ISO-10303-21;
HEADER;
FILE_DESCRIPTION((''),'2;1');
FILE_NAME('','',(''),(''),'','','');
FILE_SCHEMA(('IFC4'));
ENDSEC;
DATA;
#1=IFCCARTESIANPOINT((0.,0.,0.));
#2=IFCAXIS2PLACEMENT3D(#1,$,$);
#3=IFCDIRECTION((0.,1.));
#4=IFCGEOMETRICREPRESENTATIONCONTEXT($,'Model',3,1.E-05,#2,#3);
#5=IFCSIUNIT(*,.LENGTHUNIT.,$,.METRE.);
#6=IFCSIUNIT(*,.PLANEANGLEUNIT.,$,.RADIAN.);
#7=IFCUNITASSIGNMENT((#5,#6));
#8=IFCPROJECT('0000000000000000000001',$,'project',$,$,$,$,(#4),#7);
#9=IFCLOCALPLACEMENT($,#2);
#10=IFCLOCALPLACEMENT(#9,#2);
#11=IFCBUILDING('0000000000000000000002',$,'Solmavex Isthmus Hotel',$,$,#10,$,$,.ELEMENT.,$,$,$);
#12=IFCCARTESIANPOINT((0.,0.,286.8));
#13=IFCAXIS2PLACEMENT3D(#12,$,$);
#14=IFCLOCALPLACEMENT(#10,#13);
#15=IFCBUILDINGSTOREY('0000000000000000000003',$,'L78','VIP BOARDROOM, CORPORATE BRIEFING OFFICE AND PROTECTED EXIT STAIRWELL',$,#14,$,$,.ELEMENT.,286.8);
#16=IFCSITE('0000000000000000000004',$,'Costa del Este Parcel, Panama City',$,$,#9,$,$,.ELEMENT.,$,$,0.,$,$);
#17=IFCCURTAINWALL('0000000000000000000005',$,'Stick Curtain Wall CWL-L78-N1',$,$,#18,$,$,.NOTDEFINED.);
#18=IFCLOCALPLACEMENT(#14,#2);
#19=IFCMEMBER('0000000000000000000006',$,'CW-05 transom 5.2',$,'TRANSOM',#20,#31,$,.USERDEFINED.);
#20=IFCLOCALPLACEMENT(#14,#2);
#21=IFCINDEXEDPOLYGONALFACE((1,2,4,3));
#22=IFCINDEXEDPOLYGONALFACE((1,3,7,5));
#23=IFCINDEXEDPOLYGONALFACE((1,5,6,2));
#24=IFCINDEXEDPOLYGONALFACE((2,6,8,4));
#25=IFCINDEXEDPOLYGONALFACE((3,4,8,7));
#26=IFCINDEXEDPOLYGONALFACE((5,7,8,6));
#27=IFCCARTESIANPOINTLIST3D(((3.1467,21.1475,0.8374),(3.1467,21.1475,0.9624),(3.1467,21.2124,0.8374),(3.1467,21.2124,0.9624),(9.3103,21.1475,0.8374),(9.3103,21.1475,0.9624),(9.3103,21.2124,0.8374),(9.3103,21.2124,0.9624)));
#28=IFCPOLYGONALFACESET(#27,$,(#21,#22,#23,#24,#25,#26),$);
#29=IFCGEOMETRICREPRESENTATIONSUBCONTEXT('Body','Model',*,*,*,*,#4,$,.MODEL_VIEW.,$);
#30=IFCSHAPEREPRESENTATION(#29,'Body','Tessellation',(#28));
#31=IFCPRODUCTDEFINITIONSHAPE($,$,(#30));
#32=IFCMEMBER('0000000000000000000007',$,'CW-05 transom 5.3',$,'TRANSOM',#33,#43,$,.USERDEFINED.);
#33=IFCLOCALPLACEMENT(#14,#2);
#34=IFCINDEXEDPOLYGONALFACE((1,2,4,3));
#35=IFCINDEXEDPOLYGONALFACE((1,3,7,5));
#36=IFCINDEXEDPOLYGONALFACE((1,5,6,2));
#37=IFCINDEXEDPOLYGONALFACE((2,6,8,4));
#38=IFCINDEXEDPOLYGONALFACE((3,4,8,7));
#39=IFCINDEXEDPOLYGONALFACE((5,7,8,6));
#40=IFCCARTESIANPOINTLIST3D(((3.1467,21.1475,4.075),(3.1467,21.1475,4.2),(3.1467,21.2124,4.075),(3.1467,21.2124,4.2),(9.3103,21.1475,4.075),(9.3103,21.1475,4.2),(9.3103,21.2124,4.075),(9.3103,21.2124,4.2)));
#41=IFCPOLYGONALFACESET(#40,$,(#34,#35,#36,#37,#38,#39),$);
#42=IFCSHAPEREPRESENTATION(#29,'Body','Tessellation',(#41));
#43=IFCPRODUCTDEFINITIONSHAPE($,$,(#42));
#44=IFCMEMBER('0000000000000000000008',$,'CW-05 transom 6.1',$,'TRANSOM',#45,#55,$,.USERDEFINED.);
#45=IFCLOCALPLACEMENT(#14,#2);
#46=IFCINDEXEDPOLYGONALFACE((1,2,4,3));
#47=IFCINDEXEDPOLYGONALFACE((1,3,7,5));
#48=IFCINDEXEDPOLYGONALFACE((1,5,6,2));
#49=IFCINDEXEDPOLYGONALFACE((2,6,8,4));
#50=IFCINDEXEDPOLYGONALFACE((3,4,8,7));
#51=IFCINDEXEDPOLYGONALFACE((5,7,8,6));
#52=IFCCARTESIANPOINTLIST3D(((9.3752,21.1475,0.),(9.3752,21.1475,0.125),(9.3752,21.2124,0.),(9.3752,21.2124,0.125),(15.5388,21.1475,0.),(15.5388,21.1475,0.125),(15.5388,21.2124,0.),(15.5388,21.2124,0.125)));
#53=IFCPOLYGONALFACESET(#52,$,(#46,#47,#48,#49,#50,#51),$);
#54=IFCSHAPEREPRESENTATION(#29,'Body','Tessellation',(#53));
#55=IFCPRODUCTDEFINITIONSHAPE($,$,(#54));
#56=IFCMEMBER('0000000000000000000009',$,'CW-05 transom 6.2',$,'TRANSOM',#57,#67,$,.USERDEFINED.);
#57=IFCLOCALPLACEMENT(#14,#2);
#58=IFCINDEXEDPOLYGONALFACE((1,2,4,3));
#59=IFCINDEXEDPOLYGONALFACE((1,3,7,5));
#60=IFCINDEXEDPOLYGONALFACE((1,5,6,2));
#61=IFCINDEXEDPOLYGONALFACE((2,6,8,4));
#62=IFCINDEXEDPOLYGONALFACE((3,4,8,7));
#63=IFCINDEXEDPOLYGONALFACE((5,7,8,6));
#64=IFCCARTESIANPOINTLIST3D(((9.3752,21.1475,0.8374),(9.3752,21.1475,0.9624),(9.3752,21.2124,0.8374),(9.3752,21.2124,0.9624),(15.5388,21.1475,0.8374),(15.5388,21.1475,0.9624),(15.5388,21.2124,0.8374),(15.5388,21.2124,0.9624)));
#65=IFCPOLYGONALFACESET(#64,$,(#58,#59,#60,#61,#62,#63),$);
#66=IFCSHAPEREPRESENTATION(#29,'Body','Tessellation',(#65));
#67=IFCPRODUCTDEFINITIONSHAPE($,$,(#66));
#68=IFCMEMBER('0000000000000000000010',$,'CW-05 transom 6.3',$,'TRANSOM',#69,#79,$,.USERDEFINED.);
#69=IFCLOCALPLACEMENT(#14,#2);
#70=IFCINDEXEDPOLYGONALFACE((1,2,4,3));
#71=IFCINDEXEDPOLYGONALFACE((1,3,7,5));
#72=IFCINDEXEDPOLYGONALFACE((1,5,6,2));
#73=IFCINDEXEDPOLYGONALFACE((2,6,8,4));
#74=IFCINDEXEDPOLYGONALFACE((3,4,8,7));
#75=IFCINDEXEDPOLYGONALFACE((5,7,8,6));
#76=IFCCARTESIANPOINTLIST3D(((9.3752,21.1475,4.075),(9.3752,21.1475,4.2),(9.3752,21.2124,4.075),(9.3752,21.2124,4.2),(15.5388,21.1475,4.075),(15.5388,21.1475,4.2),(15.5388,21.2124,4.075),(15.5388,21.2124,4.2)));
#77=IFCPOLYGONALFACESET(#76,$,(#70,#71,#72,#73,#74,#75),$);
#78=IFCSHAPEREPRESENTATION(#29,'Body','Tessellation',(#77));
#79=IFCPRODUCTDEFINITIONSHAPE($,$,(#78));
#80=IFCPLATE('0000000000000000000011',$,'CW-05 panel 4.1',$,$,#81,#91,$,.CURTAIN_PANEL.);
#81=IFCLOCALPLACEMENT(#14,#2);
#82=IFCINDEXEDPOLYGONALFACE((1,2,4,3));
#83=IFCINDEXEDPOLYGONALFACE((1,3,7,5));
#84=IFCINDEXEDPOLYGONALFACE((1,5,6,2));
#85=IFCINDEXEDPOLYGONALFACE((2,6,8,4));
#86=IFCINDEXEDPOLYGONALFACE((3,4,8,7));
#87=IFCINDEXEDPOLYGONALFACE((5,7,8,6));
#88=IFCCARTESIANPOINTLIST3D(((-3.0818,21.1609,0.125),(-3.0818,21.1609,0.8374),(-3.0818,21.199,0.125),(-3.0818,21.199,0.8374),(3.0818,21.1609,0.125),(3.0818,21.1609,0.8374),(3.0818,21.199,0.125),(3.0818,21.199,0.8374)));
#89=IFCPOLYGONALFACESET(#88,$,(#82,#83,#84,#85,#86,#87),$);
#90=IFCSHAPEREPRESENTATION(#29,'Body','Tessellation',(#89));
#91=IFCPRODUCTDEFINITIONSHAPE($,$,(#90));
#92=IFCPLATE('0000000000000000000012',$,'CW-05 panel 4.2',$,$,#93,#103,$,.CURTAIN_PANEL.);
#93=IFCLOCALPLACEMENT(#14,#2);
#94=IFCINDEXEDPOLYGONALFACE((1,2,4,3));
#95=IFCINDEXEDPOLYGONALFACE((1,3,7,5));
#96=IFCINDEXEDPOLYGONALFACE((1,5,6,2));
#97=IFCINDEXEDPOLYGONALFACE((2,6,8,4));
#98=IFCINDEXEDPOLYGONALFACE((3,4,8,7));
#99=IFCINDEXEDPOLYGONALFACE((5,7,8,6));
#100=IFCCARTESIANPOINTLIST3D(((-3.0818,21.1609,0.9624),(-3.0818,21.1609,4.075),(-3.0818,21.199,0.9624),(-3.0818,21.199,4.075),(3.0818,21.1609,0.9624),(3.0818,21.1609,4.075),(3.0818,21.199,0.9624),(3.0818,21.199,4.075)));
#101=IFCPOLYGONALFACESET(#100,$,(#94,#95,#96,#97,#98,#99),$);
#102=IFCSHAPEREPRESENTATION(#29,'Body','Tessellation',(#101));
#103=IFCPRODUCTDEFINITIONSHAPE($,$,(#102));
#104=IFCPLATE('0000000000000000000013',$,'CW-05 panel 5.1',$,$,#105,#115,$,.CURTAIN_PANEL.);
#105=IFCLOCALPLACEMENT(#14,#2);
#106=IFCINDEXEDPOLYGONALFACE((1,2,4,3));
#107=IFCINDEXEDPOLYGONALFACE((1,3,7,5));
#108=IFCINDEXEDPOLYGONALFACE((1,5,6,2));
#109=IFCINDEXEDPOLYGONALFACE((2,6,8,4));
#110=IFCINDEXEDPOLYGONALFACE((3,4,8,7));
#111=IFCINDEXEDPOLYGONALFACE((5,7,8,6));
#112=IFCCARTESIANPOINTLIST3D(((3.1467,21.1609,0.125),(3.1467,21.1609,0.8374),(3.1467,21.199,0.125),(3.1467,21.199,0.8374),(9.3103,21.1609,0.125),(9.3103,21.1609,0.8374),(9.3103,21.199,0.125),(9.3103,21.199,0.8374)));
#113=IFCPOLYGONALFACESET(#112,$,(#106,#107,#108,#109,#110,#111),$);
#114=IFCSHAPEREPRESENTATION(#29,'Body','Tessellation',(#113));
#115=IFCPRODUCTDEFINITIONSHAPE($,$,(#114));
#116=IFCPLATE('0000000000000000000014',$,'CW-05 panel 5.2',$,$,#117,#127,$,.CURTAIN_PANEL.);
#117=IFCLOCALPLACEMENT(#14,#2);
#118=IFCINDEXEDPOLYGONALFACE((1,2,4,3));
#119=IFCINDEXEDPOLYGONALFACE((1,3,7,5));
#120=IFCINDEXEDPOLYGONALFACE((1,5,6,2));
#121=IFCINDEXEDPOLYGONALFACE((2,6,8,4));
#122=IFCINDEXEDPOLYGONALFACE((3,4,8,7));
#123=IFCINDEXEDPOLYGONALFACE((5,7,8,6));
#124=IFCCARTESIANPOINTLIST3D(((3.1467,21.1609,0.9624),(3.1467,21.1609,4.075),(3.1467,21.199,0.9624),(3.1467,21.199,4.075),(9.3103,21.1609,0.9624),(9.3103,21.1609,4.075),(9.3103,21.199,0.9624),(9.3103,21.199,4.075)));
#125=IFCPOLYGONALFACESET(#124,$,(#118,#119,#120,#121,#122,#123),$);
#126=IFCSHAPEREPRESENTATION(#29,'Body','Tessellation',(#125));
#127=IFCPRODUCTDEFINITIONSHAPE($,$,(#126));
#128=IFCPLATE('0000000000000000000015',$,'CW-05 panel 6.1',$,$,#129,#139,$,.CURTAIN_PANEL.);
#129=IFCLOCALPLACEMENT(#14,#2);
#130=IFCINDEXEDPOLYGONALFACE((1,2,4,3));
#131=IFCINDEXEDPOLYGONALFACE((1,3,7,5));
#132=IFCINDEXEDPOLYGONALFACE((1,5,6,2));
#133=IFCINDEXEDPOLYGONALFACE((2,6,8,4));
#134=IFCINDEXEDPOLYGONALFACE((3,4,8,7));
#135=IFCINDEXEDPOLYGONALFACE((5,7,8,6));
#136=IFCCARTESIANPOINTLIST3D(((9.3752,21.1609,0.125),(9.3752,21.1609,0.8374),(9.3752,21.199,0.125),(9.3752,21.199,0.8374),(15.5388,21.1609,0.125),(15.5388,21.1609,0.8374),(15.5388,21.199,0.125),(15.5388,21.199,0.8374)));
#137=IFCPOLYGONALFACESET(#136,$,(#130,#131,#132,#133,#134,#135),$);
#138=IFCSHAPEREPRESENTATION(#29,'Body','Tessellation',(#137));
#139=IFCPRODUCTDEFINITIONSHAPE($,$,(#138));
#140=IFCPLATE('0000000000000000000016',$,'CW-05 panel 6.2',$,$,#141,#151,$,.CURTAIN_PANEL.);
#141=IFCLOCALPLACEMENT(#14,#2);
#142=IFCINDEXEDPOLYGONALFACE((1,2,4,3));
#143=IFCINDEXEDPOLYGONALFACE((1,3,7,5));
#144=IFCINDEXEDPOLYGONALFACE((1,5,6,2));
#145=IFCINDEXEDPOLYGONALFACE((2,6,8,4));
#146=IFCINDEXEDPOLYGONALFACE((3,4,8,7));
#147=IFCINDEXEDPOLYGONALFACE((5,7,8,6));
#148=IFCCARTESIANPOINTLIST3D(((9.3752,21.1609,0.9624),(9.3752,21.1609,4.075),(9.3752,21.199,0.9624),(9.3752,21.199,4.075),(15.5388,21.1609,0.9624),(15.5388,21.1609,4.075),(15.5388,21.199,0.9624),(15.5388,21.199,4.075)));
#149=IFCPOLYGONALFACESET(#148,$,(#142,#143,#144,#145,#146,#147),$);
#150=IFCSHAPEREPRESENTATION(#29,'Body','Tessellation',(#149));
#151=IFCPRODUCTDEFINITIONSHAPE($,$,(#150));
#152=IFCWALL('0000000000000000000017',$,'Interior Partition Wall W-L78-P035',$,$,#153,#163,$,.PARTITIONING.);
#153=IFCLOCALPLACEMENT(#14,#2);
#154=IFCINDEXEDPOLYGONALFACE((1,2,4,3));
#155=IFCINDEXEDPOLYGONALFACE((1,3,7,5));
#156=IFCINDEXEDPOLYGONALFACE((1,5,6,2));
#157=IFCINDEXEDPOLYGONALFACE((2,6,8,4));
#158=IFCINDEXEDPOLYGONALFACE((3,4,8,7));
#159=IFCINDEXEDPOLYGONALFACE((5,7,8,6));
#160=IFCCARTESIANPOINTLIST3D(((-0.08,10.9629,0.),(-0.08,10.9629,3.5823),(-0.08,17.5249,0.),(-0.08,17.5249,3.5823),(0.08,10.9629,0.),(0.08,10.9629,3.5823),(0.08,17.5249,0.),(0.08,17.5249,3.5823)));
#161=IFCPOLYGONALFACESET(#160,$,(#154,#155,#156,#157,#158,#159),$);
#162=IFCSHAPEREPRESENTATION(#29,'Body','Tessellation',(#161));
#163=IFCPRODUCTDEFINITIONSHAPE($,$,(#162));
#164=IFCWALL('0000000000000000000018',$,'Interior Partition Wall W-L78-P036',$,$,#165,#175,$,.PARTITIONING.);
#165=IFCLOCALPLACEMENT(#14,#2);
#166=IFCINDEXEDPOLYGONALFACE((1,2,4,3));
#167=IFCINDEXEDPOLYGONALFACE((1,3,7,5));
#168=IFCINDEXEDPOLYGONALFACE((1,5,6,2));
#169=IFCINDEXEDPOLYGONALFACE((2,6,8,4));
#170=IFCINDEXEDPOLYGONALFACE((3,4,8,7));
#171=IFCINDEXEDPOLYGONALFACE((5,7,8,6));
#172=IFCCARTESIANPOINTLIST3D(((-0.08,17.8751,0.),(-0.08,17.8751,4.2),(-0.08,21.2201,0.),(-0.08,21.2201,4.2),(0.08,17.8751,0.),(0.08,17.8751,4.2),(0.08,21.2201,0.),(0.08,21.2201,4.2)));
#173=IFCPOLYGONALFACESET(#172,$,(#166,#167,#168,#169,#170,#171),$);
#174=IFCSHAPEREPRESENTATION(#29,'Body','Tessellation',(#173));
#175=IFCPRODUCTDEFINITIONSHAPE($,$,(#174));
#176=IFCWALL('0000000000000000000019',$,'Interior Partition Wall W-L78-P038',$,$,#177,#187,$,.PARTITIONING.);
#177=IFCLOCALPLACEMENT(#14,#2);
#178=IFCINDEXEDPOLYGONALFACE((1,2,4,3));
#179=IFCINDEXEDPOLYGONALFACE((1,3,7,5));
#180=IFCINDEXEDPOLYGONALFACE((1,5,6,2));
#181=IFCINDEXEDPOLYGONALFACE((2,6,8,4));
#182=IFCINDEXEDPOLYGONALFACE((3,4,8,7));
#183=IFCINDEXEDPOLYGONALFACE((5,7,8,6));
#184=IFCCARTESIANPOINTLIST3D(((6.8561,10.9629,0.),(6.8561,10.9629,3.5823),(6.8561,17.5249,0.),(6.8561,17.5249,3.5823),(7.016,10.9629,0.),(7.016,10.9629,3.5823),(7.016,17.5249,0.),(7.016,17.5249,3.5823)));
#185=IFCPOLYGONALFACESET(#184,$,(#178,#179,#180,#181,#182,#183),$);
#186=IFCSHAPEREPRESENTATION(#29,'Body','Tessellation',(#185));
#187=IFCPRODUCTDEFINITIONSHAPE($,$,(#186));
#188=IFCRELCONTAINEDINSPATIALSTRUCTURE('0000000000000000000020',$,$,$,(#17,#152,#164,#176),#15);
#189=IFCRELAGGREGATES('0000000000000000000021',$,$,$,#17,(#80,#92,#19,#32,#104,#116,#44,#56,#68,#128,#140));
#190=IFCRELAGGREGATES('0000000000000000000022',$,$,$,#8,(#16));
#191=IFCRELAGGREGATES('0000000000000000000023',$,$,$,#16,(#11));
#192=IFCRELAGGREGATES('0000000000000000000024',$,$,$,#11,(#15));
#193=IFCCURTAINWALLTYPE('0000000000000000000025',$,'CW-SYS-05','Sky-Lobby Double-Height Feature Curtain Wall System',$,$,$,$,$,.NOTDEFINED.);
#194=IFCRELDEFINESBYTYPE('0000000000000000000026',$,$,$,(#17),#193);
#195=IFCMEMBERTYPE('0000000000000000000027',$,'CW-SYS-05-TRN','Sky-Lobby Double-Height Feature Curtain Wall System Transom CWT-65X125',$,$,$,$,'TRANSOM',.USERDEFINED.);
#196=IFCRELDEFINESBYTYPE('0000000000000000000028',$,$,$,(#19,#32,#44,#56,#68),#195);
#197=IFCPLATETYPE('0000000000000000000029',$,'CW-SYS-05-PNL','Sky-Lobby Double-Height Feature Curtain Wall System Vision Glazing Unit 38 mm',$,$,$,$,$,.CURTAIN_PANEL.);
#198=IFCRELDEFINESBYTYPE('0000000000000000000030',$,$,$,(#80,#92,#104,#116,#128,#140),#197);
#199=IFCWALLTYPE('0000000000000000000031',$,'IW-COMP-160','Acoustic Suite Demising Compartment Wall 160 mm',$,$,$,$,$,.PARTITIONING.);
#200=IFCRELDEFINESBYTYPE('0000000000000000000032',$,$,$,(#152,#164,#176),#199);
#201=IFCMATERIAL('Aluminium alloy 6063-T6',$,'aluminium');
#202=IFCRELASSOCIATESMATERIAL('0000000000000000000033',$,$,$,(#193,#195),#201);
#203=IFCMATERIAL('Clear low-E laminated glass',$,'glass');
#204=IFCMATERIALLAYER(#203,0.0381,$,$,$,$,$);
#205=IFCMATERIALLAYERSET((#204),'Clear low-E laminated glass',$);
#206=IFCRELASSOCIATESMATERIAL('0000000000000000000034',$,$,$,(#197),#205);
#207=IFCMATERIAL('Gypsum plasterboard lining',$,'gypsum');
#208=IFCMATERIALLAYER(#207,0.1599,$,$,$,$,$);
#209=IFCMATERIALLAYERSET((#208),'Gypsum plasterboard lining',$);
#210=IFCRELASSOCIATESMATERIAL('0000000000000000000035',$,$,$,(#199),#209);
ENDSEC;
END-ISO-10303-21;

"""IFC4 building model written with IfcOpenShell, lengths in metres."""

from ifc_helpers import new_model, si_unit, direction, frame, frame_2d, origin, origin_2d, place, context, subcontext, project, spatial, rectangle, extrude, material, layer, layer_set, material_profile, profile_set, type_object, element, aggregate, save


model = new_model("IFC4")

# Units and contexts
model_context = context("Model", 3, precision=1e-05, world=origin(), true_north=direction((0.0, 1.0)))
body_context = subcontext(model_context, "Body", "Model", "MODEL_VIEW")
ifc_project = project(units=[si_unit("LENGTHUNIT", "METRE"), si_unit("PLANEANGLEUNIT", "RADIAN")], contexts=[model_context])

# Site, building, storey
site_placement = place(None, origin())
site = spatial("IfcSite", under=ifc_project, at=site_placement, Name="Costa del Este Parcel, Panama City", CompositionType="ELEMENT", RefElevation=0.0)
building_placement = place(site_placement, origin())
building = spatial("IfcBuilding", under=site, at=building_placement, Name="Solmavex Isthmus Hotel", CompositionType="ELEMENT")
storey_placement = place(building_placement, frame((0.0, 0.0, 286.8)))
storey = spatial("IfcBuildingStorey", under=building, at=storey_placement, Name="L78", Description="VIP BOARDROOM, CORPORATE BRIEFING OFFICE AND PROTECTED EXIT STAIRWELL", CompositionType="ELEMENT", Elevation=286.8)

# Curtain wall, members, plates
ifc_material_1 = material(Name="Aluminium alloy 6063-T6", Category="aluminium")
curtain_wall_type = type_object("IfcCurtainWallType", Name="CW-SYS-05", Description="Sky-Lobby Double-Height Feature Curtain Wall System", PredefinedType="NOTDEFINED", material=ifc_material_1)
curtain_wall_placement = place(storey_placement, origin())
curtain_wall = element("IfcCurtainWall", 1, at=curtain_wall_placement, inside=storey, type_object=curtain_wall_type, Name="Stick Curtain Wall CWL-L78-N1", PredefinedType="NOTDEFINED")
ifc_material_profile_1 = material_profile(ifc_material_1, rectangle(XDim=0.0649, YDim=0.125, at=origin_2d()), Name="CWT-65X125")
ifc_profile_set_1 = profile_set([ifc_material_profile_1], Name="Aluminium alloy 6063-T6")
member_type_1 = type_object("IfcMemberType", Name="CW-SYS-05-TRN", Description="Sky-Lobby Double-Height Feature Curtain Wall System Transom CWT-65X125", ElementType="TRANSOM", PredefinedType="USERDEFINED", material=ifc_profile_set_1)
member_1_placement = place(storey_placement, frame((3.1467, 21.1799, 0.8999), z_axis=(1.0, 0.0, 0.0), x_axis=(0.0, 1.0, 0.0)))
member_1 = element("IfcMember", 2, at=member_1_placement, type_object=member_type_1, Name="CW-05 transom 5.2", ObjectType="TRANSOM", PredefinedType="USERDEFINED", context=body_context, shape_type="SweptSolid", body=[
    extrude(rectangle(XDim=0.0649, YDim=0.125, at=origin_2d()), origin(), (0.0, 0.0, 1.0), 6.1636),
])
member_2_placement = place(storey_placement, frame((3.1467, 21.1799, 4.1375), z_axis=(1.0, 0.0, 0.0), x_axis=(0.0, 1.0, 0.0)))
member_2 = element("IfcMember", 3, at=member_2_placement, type_object=member_type_1, Name="CW-05 transom 5.3", ObjectType="TRANSOM", PredefinedType="USERDEFINED", context=body_context, shape_type="SweptSolid", body=[
    extrude(rectangle(XDim=0.0649, YDim=0.125, at=origin_2d()), origin(), (0.0, 0.0, 1.0), 6.1636),
])
member_3_placement = place(storey_placement, frame((9.3752, 21.1799, 0.0625), z_axis=(1.0, 0.0, 0.0), x_axis=(0.0, 1.0, 0.0)))
member_3 = element("IfcMember", 4, at=member_3_placement, type_object=member_type_1, Name="CW-05 transom 6.1", ObjectType="TRANSOM", PredefinedType="USERDEFINED", context=body_context, shape_type="SweptSolid", body=[
    extrude(rectangle(XDim=0.0649, YDim=0.125, at=origin_2d()), origin(), (0.0, 0.0, 1.0), 6.1636),
])
member_4_placement = place(storey_placement, frame((9.3752, 21.1799, 0.8999), z_axis=(1.0, 0.0, 0.0), x_axis=(0.0, 1.0, 0.0)))
member_4 = element("IfcMember", 5, at=member_4_placement, type_object=member_type_1, Name="CW-05 transom 6.2", ObjectType="TRANSOM", PredefinedType="USERDEFINED", context=body_context, shape_type="SweptSolid", body=[
    extrude(rectangle(XDim=0.0649, YDim=0.125, at=origin_2d()), origin(), (0.0, 0.0, 1.0), 6.1636),
])
member_5_placement = place(storey_placement, frame((9.3752, 21.1799, 4.1375), z_axis=(1.0, 0.0, 0.0), x_axis=(0.0, 1.0, 0.0)))
member_5 = element("IfcMember", 6, at=member_5_placement, type_object=member_type_1, Name="CW-05 transom 6.3", ObjectType="TRANSOM", PredefinedType="USERDEFINED", context=body_context, shape_type="SweptSolid", body=[
    extrude(rectangle(XDim=0.0649, YDim=0.125, at=origin_2d()), origin(), (0.0, 0.0, 1.0), 6.1636),
])
ifc_material_2 = material(Name="Clear low-E laminated glass", Category="glass")
ifc_layer_1 = layer(ifc_material_2, 0.0381)
ifc_layer_set_1 = layer_set([ifc_layer_1], Name="Clear low-E laminated glass")
plate_type = type_object("IfcPlateType", Name="CW-SYS-05-PNL", Description="Sky-Lobby Double-Height Feature Curtain Wall System Vision Glazing Unit 38 mm", PredefinedType="CURTAIN_PANEL", material=ifc_layer_set_1)
plate_1_placement = place(storey_placement, frame((0.0, 21.1799, 0.125), z_axis=(0.0, 0.0, 1.0), x_axis=(1.0, 0.0, 0.0)))
plate_1 = element("IfcPlate", 7, at=plate_1_placement, type_object=plate_type, Name="CW-05 panel 4.1", PredefinedType="CURTAIN_PANEL", context=body_context, shape_type="SweptSolid", body=[
    extrude(rectangle(XDim=6.1636, YDim=0.0381, at=origin_2d()), origin(), (0.0, 0.0, 1.0), 0.7124),
])
plate_2_placement = place(storey_placement, frame((0.0, 21.1799, 0.9624), z_axis=(0.0, 0.0, 1.0), x_axis=(1.0, 0.0, 0.0)))
plate_2 = element("IfcPlate", 8, at=plate_2_placement, type_object=plate_type, Name="CW-05 panel 4.2", PredefinedType="CURTAIN_PANEL", context=body_context, shape_type="SweptSolid", body=[
    extrude(rectangle(XDim=6.1636, YDim=0.0381, at=origin_2d()), origin(), (0.0, 0.0, 1.0), 3.1125),
])
plate_3_placement = place(storey_placement, frame((6.2285, 21.1799, 0.125), z_axis=(0.0, 0.0, 1.0), x_axis=(1.0, 0.0, 0.0)))
plate_3 = element("IfcPlate", 9, at=plate_3_placement, type_object=plate_type, Name="CW-05 panel 5.1", PredefinedType="CURTAIN_PANEL", context=body_context, shape_type="SweptSolid", body=[
    extrude(rectangle(XDim=6.1636, YDim=0.0381, at=origin_2d()), origin(), (0.0, 0.0, 1.0), 0.7124),
])
plate_4_placement = place(storey_placement, frame((6.2285, 21.1799, 0.9624), z_axis=(0.0, 0.0, 1.0), x_axis=(1.0, 0.0, 0.0)))
plate_4 = element("IfcPlate", 10, at=plate_4_placement, type_object=plate_type, Name="CW-05 panel 5.2", PredefinedType="CURTAIN_PANEL", context=body_context, shape_type="SweptSolid", body=[
    extrude(rectangle(XDim=6.1636, YDim=0.0381, at=origin_2d()), origin(), (0.0, 0.0, 1.0), 3.1125),
])
plate_5_placement = place(storey_placement, frame((12.457, 21.1799, 0.125), z_axis=(0.0, 0.0, 1.0), x_axis=(1.0, 0.0, 0.0)))
plate_5 = element("IfcPlate", 11, at=plate_5_placement, type_object=plate_type, Name="CW-05 panel 6.1", PredefinedType="CURTAIN_PANEL", context=body_context, shape_type="SweptSolid", body=[
    extrude(rectangle(XDim=6.1636, YDim=0.0381, at=origin_2d()), origin(), (0.0, 0.0, 1.0), 0.7124),
])
plate_6_placement = place(storey_placement, frame((12.457, 21.1799, 0.9624), z_axis=(0.0, 0.0, 1.0), x_axis=(1.0, 0.0, 0.0)))
plate_6 = element("IfcPlate", 12, at=plate_6_placement, type_object=plate_type, Name="CW-05 panel 6.2", PredefinedType="CURTAIN_PANEL", context=body_context, shape_type="SweptSolid", body=[
    extrude(rectangle(XDim=6.1636, YDim=0.0381, at=origin_2d()), origin(), (0.0, 0.0, 1.0), 3.1125),
])
aggregate(curtain_wall, [plate_1, plate_2, member_1, member_2, plate_3, plate_4, member_3, member_4, member_5, plate_5, plate_6])

# Walls
ifc_material_3 = material(Name="Gypsum plasterboard lining", Category="gypsum")
ifc_layer_2 = layer(ifc_material_3, 0.1599)
ifc_layer_set_2 = layer_set([ifc_layer_2], Name="Gypsum plasterboard lining")
wall_type = type_object("IfcWallType", Name="IW-COMP-160", Description="Acoustic Suite Demising Compartment Wall 160 mm", PredefinedType="PARTITIONING", material=ifc_layer_set_2)
wall_1_placement = place(storey_placement, frame((0.0, 17.5249, 0.0), z_axis=(0.0, 0.0, 1.0), x_axis=(0.0, -1.0, 0.0)))
element("IfcWall", 13, at=wall_1_placement, inside=storey, type_object=wall_type, Name="Interior Partition Wall W-L78-P035", PredefinedType="PARTITIONING", context=body_context, shape_type="SweptSolid", body=[
    extrude(rectangle(XDim=6.562, YDim=0.1599, at=frame_2d((3.281, 0.0))), origin(), (0.0, 0.0, 1.0), 3.5823),
])
wall_2_placement = place(storey_placement, frame((0.0, 21.22, 0.0), z_axis=(0.0, 0.0, 1.0), x_axis=(0.0, -1.0, 0.0)))
element("IfcWall", 14, at=wall_2_placement, inside=storey, type_object=wall_type, Name="Interior Partition Wall W-L78-P036", PredefinedType="PARTITIONING", context=body_context, shape_type="SweptSolid", body=[
    extrude(rectangle(XDim=3.345, YDim=0.1599, at=frame_2d((1.6724, 0.0))), origin(), (0.0, 0.0, 1.0), 4.2),
])
wall_3_placement = place(storey_placement, frame((6.936, 17.5249, 0.0), z_axis=(0.0, 0.0, 1.0), x_axis=(0.0, -1.0, 0.0)))
element("IfcWall", 15, at=wall_3_placement, inside=storey, type_object=wall_type, Name="Interior Partition Wall W-L78-P038", PredefinedType="PARTITIONING", context=body_context, shape_type="SweptSolid", body=[
    extrude(rectangle(XDim=6.562, YDim=0.1599, at=frame_2d((3.281, 0.0))), origin(), (0.0, 0.0, 1.0), 3.5823),
])

save(model, "model.ifc")
